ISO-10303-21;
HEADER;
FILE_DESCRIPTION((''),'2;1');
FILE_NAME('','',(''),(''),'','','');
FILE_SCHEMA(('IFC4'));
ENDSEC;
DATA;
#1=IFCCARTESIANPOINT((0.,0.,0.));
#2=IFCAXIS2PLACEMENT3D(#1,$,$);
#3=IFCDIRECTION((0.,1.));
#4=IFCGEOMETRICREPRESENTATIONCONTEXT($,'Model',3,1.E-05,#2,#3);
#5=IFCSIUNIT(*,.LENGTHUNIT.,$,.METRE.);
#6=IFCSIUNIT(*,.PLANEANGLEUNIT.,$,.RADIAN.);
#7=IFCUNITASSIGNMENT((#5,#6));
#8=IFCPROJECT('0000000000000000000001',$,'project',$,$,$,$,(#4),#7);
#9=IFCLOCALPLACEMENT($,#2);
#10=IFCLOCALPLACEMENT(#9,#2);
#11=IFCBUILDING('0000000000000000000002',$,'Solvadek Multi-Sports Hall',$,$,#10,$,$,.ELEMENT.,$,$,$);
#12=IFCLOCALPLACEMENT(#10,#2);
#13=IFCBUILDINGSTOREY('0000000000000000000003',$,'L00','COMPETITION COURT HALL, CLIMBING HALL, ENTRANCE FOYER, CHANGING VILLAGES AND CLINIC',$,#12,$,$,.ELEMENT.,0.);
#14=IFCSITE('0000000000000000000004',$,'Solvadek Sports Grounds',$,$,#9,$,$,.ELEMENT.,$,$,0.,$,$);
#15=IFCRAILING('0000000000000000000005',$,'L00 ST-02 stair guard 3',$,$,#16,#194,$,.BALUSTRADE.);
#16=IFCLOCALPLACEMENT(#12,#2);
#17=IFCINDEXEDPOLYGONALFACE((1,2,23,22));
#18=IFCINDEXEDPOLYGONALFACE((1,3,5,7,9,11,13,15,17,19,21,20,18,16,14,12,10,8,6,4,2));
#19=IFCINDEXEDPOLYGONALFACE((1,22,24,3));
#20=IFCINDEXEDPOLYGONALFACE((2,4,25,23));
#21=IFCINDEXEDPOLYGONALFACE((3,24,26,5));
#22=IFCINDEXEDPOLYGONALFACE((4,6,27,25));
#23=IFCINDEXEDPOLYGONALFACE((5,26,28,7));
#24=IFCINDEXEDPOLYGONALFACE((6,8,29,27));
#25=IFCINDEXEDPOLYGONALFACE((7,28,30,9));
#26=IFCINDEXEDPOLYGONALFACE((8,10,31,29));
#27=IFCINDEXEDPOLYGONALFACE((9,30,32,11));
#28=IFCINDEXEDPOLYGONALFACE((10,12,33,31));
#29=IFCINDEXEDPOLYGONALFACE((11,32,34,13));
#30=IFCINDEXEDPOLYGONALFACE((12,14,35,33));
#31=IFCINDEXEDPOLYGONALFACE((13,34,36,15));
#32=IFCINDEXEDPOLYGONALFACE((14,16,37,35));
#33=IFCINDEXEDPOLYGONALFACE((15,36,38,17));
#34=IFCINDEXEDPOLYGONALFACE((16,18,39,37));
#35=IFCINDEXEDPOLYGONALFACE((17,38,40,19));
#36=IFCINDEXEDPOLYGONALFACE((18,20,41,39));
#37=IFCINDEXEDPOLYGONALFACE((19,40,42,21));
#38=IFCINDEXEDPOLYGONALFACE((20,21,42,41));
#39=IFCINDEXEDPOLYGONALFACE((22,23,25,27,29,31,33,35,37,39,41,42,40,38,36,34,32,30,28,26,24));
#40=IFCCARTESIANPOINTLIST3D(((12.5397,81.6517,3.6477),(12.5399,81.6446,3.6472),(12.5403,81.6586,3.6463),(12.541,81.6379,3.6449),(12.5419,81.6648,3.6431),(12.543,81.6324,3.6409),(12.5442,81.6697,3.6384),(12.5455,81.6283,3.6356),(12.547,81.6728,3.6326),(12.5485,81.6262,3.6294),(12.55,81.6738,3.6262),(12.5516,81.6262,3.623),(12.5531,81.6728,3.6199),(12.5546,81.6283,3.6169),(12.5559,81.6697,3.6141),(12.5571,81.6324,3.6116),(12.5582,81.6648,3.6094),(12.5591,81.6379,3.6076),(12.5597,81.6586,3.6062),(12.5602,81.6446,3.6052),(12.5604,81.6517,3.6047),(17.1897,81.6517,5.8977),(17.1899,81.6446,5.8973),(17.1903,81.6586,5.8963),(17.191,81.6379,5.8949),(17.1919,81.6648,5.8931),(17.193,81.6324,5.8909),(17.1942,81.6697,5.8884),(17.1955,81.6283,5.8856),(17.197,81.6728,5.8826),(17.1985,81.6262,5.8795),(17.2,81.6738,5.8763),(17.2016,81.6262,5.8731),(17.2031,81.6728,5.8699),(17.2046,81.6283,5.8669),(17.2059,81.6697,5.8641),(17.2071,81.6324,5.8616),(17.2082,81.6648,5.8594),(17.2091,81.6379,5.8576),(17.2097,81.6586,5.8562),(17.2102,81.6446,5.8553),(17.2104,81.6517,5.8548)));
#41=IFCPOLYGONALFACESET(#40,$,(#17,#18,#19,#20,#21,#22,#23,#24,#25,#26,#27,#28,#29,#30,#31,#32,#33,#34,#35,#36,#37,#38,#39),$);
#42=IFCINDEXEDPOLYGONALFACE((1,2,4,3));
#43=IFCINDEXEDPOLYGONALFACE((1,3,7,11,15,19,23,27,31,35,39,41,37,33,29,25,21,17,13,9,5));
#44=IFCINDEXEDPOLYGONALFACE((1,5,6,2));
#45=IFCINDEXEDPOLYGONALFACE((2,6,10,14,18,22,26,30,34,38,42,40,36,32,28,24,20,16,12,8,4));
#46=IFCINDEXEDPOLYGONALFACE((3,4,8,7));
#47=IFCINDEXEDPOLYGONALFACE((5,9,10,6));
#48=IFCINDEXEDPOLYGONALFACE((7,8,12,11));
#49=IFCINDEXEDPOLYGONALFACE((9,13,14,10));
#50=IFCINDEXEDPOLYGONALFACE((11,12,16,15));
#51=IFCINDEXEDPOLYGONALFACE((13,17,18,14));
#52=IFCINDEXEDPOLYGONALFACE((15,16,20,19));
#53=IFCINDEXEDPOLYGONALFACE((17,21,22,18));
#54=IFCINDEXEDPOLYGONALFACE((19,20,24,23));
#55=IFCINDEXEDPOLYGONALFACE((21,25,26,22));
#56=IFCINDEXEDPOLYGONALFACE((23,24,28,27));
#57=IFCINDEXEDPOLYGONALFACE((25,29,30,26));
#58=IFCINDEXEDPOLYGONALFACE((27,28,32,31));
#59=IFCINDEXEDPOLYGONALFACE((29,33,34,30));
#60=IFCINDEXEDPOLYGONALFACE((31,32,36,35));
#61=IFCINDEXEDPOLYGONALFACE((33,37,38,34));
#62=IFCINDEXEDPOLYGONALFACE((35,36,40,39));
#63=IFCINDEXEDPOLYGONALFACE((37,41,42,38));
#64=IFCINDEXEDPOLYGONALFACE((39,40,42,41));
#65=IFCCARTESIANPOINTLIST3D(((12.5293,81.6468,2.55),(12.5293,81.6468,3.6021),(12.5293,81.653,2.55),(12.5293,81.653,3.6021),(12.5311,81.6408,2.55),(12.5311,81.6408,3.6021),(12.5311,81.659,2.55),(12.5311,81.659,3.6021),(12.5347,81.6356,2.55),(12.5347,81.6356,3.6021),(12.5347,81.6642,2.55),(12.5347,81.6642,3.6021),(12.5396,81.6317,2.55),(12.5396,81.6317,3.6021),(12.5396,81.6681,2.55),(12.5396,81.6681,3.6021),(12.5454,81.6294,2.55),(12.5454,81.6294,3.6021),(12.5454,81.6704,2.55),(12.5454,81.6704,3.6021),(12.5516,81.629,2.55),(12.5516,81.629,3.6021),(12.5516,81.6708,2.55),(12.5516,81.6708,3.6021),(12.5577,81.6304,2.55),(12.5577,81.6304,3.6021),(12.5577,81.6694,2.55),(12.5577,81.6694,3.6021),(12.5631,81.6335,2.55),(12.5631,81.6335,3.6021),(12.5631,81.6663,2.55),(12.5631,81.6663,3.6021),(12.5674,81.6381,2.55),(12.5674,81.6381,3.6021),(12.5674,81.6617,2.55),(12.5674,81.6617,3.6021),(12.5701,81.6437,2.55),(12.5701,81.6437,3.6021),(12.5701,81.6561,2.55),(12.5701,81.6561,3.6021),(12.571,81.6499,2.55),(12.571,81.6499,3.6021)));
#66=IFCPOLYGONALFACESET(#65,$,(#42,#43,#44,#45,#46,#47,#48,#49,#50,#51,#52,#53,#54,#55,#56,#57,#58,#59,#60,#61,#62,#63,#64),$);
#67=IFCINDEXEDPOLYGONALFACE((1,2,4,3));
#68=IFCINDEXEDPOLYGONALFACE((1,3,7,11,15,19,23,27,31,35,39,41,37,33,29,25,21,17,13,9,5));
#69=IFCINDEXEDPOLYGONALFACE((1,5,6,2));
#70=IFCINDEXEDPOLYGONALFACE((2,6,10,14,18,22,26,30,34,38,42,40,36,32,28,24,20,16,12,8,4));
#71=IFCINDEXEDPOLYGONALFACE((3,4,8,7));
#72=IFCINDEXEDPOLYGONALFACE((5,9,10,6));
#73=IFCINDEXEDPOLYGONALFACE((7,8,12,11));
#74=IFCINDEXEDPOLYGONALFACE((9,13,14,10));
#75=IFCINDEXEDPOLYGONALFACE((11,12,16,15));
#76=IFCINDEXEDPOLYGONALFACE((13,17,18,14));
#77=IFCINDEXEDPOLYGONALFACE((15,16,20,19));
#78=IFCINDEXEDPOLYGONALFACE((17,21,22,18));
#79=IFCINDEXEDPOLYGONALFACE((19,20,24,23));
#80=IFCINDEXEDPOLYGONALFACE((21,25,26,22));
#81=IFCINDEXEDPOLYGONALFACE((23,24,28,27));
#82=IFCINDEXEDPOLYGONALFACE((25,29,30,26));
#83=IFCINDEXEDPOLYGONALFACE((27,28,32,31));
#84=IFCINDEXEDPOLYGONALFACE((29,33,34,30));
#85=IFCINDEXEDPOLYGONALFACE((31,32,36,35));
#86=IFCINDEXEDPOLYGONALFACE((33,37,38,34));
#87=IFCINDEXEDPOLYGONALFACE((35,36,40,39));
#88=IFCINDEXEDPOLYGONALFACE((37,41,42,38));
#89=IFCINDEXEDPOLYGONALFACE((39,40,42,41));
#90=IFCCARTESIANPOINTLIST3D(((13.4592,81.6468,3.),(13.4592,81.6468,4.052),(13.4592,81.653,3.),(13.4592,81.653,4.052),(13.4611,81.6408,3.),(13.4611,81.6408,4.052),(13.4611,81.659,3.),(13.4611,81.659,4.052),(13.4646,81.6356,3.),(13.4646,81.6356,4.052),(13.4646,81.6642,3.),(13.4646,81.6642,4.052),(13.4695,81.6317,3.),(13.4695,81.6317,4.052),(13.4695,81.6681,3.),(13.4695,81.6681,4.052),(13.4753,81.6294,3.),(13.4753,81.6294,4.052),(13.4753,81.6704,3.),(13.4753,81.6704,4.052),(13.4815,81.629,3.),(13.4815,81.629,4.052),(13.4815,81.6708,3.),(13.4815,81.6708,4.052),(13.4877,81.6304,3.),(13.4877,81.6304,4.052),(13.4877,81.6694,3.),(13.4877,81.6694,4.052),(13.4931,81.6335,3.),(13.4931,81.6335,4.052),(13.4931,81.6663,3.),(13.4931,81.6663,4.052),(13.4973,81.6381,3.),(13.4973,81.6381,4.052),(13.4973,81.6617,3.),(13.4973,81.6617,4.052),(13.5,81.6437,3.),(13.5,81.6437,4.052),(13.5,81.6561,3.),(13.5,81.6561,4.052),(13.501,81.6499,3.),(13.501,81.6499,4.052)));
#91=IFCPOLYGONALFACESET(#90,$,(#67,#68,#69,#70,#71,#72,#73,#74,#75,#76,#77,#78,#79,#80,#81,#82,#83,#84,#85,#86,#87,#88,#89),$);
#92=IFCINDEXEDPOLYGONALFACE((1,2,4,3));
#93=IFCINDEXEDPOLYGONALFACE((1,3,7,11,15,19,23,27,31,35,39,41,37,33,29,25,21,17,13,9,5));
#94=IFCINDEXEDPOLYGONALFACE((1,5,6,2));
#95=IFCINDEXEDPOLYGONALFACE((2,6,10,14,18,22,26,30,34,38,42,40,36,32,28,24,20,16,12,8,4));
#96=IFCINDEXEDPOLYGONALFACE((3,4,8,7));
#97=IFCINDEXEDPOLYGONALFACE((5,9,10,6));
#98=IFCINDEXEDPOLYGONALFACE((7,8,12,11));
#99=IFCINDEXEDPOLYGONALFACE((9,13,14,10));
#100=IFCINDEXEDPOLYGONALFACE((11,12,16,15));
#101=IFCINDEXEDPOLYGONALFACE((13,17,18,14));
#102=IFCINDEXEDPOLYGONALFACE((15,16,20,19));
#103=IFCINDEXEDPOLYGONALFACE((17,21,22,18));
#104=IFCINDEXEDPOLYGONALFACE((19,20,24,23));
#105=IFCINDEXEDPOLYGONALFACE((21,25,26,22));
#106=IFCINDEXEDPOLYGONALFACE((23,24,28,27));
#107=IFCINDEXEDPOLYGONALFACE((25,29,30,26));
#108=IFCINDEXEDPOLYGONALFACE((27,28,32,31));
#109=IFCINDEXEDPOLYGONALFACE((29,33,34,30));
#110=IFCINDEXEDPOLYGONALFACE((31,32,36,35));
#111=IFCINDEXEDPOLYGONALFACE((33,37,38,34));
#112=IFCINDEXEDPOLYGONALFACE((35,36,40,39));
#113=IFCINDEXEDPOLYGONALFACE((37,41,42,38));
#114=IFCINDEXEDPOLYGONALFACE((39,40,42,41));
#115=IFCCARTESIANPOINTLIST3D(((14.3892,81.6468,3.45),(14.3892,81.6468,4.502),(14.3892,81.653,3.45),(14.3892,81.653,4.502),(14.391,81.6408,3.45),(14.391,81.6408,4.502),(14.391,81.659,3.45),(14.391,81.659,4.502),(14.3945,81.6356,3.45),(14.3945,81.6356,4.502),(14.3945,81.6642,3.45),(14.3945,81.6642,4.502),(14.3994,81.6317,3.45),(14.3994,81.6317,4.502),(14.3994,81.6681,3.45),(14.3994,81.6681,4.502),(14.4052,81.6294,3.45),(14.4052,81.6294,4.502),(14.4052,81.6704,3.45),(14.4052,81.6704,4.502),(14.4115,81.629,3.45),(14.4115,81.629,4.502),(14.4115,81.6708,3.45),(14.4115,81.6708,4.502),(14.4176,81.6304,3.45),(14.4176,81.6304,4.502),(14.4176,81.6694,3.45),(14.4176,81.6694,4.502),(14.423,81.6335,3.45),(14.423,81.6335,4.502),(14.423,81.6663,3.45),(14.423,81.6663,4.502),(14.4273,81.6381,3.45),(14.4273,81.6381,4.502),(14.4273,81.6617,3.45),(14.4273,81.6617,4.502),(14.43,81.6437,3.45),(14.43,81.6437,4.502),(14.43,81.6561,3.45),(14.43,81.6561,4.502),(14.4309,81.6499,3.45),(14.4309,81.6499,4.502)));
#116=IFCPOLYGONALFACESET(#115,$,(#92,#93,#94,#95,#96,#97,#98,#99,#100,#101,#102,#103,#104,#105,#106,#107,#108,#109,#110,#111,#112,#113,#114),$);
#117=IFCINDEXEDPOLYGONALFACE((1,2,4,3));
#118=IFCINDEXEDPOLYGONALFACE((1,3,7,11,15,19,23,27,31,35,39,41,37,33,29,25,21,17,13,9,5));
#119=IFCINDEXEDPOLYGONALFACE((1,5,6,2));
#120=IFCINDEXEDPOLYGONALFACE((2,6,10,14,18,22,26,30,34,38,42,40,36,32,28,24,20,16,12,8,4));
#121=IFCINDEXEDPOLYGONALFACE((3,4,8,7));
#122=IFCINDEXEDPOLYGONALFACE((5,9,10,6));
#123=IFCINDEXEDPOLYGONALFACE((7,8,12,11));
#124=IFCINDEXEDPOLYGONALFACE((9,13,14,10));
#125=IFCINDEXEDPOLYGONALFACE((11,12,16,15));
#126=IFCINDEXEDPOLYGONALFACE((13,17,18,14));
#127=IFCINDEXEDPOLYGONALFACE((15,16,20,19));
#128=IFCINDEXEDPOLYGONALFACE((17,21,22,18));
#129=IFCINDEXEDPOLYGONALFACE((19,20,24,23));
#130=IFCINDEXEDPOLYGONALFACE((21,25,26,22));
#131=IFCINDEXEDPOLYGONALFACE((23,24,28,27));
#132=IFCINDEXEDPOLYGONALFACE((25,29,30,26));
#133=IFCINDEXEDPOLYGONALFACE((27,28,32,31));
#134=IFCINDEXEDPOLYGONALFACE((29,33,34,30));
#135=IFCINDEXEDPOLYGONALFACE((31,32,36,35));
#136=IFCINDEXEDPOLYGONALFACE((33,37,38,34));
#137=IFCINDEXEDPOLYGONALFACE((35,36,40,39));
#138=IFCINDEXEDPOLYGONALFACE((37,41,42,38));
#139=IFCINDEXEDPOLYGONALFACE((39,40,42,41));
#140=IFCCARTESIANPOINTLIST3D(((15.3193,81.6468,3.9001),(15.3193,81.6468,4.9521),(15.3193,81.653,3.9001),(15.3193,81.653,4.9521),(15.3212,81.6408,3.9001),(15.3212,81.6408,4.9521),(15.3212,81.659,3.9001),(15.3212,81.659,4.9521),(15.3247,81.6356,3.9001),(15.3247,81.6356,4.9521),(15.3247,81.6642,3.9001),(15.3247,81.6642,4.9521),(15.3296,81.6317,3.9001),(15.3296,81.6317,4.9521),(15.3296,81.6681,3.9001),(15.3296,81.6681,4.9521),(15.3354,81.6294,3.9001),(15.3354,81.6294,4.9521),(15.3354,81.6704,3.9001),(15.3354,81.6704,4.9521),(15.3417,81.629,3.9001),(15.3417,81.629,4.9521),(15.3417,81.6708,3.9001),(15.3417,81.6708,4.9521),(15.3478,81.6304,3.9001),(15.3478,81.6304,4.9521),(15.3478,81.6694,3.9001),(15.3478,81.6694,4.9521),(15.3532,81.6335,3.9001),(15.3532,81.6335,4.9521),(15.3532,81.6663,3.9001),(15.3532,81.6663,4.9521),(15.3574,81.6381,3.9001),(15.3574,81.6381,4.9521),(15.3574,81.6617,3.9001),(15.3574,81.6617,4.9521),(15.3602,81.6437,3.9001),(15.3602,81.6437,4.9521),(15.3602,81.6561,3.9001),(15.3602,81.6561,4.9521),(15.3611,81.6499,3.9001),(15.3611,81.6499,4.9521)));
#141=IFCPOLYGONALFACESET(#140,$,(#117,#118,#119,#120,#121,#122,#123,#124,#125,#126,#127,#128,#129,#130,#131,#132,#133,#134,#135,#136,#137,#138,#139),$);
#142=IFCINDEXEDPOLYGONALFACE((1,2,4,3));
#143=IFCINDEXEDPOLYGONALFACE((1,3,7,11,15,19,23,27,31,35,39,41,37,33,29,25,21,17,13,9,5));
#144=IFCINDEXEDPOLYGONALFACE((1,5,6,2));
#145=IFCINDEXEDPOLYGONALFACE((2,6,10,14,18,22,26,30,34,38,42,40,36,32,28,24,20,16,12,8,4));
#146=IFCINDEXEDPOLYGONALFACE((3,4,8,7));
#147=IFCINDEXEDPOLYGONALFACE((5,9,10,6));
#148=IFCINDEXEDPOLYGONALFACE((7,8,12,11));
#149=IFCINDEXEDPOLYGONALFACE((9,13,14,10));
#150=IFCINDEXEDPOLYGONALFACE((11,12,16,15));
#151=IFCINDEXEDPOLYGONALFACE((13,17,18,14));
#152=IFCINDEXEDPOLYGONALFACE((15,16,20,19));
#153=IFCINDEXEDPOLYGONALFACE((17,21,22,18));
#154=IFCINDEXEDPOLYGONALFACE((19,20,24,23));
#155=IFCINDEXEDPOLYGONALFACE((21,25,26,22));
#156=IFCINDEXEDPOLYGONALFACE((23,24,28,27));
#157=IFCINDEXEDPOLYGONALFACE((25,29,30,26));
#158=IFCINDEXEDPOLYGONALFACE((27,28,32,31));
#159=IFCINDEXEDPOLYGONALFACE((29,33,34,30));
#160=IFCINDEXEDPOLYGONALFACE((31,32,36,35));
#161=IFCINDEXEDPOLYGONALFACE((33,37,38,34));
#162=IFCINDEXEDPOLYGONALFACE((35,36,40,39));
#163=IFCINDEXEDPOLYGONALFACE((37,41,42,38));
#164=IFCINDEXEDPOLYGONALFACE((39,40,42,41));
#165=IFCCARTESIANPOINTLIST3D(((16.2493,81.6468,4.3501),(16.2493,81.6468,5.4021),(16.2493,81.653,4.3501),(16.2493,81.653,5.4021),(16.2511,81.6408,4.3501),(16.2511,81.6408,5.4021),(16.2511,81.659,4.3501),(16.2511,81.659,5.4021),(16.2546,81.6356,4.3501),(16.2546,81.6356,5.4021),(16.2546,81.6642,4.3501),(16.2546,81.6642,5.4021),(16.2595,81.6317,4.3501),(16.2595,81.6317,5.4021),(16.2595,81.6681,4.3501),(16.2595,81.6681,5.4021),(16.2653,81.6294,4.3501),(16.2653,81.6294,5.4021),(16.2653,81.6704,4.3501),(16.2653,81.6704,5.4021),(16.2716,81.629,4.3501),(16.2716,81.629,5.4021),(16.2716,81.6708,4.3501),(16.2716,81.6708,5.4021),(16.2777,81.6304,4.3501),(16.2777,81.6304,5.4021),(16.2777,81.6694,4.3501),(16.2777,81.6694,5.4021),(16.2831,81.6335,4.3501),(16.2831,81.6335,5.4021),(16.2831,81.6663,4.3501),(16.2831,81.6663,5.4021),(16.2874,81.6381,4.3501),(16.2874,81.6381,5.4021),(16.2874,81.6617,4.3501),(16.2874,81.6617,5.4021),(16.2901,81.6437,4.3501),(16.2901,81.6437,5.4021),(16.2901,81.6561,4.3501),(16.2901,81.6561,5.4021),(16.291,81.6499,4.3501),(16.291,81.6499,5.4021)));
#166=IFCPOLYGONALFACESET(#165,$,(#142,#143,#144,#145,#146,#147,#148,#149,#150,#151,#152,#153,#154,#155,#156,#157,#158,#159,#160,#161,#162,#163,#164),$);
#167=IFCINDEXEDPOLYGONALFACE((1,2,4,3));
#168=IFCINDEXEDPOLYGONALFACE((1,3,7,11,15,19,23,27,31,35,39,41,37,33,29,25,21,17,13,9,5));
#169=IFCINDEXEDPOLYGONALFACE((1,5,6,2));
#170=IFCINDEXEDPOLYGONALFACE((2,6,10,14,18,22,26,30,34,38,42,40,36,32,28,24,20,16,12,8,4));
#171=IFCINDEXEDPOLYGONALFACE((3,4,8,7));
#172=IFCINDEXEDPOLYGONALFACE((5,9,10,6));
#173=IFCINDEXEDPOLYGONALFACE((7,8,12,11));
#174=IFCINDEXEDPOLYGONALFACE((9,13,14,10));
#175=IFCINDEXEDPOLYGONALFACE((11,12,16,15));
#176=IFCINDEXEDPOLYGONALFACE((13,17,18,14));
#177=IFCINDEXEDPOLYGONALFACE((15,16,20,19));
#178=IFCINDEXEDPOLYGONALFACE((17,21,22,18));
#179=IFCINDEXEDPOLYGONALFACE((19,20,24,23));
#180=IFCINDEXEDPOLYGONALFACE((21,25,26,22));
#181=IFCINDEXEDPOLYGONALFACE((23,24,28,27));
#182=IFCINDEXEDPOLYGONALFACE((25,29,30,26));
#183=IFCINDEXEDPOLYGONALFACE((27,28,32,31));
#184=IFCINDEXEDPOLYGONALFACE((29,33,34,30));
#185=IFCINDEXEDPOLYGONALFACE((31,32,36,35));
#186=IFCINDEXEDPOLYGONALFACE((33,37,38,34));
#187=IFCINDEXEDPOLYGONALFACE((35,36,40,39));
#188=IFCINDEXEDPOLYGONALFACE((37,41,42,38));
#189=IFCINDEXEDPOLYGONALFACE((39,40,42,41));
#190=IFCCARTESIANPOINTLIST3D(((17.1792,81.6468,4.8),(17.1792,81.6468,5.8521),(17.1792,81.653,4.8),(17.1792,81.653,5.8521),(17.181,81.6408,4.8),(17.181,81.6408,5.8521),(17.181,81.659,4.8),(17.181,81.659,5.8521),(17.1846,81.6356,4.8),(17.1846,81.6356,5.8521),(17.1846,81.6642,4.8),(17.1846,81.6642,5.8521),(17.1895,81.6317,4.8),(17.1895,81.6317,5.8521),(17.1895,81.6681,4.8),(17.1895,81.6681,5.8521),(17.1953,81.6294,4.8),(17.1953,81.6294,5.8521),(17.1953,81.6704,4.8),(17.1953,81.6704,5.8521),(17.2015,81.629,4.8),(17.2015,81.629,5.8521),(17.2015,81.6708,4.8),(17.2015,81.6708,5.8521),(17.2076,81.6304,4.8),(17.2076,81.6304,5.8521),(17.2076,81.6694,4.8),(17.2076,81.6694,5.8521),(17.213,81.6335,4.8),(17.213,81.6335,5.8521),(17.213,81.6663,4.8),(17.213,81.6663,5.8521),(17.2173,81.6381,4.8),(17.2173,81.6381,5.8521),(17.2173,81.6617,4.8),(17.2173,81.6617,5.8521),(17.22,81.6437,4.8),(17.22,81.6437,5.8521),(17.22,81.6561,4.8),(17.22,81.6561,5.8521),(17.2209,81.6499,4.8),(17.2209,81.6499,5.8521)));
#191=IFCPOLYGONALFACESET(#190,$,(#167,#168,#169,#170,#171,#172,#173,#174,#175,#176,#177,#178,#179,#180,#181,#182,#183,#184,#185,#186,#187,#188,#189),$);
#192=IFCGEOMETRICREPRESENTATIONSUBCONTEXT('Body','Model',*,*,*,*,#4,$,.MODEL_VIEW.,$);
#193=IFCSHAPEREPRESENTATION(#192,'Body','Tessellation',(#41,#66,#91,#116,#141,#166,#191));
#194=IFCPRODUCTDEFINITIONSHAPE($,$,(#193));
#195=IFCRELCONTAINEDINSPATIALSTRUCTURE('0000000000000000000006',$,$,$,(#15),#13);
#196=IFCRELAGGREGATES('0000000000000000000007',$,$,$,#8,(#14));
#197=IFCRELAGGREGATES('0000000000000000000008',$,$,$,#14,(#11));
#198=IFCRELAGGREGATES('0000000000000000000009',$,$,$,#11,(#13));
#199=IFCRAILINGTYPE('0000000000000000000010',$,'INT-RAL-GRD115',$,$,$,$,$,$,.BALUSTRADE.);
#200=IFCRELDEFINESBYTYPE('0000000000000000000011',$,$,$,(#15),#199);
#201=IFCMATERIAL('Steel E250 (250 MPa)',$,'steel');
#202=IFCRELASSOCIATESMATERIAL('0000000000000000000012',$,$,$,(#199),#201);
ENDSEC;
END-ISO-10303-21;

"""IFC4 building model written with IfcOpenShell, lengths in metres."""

from ifc_helpers import new_model, si_unit, direction, frame, origin, origin_2d, place, context, subcontext, project, spatial, circle, extrude, material, type_object, element, save


model = new_model("IFC4")

# Units and contexts
model_context = context("Model", 3, precision=1e-05, world=origin(), true_north=direction((0.0, 1.0)))
body_context = subcontext(model_context, "Body", "Model", "MODEL_VIEW")
ifc_project = project(units=[si_unit("LENGTHUNIT", "METRE"), si_unit("PLANEANGLEUNIT", "RADIAN")], contexts=[model_context])

# Site, building, storey
site_placement = place(None, origin())
site = spatial("IfcSite", under=ifc_project, at=site_placement, Name="Solvadek Sports Grounds", CompositionType="ELEMENT", RefElevation=0.0)
building_placement = place(site_placement, origin())
building = spatial("IfcBuilding", under=site, at=building_placement, Name="Solvadek Multi-Sports Hall", CompositionType="ELEMENT")
storey_placement = place(building_placement, origin())
storey = spatial("IfcBuildingStorey", under=building, at=storey_placement, Name="L00", Description="COMPETITION COURT HALL, CLIMBING HALL, ENTRANCE FOYER, CHANGING VILLAGES AND CLINIC", CompositionType="ELEMENT", Elevation=0.0)

# Shared definitions
ifc_material_1 = material(Name="Steel E250 (250 MPa)", Category="steel")

# Railing
railing_type_1 = type_object("IfcRailingType", Name="INT-RAL-GRD115", PredefinedType="BALUSTRADE", material=ifc_material_1)
railing_1_placement = place(storey_placement, frame((12.55, 81.6499, 2.55)))
element("IfcRailing", 1, at=railing_1_placement, inside=storey, type_object=railing_type_1, Name="L00 ST-02 stair guard 3", PredefinedType="BALUSTRADE", context=body_context, shape_type="SweptSolid", body=[
    extrude(circle(Radius=0.0239, at=origin_2d()), frame((0.0, 0.0, 1.0762), z_axis=(0.900156, 0.0, 0.435568), x_axis=(0.0, 1.0, 0.0)), (0.0, 0.0, 1.0), 5.1658),
    extrude(circle(Radius=0.021, at=origin_2d()), origin(), (0.0, 0.0, 1.0), 1.052),
    extrude(circle(Radius=0.021, at=origin_2d()), frame((0.9299, 0.0, 0.45)), (0.0, 0.0, 1.0), 1.052),
    extrude(circle(Radius=0.021, at=origin_2d()), frame((1.8599, 0.0, 0.8999)), (0.0, 0.0, 1.0), 1.052),
    extrude(circle(Radius=0.021, at=origin_2d()), frame((2.79, 0.0, 1.3501)), (0.0, 0.0, 1.0), 1.052),
    extrude(circle(Radius=0.021, at=origin_2d()), frame((3.72, 0.0, 1.8)), (0.0, 0.0, 1.0), 1.052),
    extrude(circle(Radius=0.021, at=origin_2d()), frame((4.6499, 0.0, 2.25)), (0.0, 0.0, 1.0), 1.052),
])

save(model, "model.ifc")
